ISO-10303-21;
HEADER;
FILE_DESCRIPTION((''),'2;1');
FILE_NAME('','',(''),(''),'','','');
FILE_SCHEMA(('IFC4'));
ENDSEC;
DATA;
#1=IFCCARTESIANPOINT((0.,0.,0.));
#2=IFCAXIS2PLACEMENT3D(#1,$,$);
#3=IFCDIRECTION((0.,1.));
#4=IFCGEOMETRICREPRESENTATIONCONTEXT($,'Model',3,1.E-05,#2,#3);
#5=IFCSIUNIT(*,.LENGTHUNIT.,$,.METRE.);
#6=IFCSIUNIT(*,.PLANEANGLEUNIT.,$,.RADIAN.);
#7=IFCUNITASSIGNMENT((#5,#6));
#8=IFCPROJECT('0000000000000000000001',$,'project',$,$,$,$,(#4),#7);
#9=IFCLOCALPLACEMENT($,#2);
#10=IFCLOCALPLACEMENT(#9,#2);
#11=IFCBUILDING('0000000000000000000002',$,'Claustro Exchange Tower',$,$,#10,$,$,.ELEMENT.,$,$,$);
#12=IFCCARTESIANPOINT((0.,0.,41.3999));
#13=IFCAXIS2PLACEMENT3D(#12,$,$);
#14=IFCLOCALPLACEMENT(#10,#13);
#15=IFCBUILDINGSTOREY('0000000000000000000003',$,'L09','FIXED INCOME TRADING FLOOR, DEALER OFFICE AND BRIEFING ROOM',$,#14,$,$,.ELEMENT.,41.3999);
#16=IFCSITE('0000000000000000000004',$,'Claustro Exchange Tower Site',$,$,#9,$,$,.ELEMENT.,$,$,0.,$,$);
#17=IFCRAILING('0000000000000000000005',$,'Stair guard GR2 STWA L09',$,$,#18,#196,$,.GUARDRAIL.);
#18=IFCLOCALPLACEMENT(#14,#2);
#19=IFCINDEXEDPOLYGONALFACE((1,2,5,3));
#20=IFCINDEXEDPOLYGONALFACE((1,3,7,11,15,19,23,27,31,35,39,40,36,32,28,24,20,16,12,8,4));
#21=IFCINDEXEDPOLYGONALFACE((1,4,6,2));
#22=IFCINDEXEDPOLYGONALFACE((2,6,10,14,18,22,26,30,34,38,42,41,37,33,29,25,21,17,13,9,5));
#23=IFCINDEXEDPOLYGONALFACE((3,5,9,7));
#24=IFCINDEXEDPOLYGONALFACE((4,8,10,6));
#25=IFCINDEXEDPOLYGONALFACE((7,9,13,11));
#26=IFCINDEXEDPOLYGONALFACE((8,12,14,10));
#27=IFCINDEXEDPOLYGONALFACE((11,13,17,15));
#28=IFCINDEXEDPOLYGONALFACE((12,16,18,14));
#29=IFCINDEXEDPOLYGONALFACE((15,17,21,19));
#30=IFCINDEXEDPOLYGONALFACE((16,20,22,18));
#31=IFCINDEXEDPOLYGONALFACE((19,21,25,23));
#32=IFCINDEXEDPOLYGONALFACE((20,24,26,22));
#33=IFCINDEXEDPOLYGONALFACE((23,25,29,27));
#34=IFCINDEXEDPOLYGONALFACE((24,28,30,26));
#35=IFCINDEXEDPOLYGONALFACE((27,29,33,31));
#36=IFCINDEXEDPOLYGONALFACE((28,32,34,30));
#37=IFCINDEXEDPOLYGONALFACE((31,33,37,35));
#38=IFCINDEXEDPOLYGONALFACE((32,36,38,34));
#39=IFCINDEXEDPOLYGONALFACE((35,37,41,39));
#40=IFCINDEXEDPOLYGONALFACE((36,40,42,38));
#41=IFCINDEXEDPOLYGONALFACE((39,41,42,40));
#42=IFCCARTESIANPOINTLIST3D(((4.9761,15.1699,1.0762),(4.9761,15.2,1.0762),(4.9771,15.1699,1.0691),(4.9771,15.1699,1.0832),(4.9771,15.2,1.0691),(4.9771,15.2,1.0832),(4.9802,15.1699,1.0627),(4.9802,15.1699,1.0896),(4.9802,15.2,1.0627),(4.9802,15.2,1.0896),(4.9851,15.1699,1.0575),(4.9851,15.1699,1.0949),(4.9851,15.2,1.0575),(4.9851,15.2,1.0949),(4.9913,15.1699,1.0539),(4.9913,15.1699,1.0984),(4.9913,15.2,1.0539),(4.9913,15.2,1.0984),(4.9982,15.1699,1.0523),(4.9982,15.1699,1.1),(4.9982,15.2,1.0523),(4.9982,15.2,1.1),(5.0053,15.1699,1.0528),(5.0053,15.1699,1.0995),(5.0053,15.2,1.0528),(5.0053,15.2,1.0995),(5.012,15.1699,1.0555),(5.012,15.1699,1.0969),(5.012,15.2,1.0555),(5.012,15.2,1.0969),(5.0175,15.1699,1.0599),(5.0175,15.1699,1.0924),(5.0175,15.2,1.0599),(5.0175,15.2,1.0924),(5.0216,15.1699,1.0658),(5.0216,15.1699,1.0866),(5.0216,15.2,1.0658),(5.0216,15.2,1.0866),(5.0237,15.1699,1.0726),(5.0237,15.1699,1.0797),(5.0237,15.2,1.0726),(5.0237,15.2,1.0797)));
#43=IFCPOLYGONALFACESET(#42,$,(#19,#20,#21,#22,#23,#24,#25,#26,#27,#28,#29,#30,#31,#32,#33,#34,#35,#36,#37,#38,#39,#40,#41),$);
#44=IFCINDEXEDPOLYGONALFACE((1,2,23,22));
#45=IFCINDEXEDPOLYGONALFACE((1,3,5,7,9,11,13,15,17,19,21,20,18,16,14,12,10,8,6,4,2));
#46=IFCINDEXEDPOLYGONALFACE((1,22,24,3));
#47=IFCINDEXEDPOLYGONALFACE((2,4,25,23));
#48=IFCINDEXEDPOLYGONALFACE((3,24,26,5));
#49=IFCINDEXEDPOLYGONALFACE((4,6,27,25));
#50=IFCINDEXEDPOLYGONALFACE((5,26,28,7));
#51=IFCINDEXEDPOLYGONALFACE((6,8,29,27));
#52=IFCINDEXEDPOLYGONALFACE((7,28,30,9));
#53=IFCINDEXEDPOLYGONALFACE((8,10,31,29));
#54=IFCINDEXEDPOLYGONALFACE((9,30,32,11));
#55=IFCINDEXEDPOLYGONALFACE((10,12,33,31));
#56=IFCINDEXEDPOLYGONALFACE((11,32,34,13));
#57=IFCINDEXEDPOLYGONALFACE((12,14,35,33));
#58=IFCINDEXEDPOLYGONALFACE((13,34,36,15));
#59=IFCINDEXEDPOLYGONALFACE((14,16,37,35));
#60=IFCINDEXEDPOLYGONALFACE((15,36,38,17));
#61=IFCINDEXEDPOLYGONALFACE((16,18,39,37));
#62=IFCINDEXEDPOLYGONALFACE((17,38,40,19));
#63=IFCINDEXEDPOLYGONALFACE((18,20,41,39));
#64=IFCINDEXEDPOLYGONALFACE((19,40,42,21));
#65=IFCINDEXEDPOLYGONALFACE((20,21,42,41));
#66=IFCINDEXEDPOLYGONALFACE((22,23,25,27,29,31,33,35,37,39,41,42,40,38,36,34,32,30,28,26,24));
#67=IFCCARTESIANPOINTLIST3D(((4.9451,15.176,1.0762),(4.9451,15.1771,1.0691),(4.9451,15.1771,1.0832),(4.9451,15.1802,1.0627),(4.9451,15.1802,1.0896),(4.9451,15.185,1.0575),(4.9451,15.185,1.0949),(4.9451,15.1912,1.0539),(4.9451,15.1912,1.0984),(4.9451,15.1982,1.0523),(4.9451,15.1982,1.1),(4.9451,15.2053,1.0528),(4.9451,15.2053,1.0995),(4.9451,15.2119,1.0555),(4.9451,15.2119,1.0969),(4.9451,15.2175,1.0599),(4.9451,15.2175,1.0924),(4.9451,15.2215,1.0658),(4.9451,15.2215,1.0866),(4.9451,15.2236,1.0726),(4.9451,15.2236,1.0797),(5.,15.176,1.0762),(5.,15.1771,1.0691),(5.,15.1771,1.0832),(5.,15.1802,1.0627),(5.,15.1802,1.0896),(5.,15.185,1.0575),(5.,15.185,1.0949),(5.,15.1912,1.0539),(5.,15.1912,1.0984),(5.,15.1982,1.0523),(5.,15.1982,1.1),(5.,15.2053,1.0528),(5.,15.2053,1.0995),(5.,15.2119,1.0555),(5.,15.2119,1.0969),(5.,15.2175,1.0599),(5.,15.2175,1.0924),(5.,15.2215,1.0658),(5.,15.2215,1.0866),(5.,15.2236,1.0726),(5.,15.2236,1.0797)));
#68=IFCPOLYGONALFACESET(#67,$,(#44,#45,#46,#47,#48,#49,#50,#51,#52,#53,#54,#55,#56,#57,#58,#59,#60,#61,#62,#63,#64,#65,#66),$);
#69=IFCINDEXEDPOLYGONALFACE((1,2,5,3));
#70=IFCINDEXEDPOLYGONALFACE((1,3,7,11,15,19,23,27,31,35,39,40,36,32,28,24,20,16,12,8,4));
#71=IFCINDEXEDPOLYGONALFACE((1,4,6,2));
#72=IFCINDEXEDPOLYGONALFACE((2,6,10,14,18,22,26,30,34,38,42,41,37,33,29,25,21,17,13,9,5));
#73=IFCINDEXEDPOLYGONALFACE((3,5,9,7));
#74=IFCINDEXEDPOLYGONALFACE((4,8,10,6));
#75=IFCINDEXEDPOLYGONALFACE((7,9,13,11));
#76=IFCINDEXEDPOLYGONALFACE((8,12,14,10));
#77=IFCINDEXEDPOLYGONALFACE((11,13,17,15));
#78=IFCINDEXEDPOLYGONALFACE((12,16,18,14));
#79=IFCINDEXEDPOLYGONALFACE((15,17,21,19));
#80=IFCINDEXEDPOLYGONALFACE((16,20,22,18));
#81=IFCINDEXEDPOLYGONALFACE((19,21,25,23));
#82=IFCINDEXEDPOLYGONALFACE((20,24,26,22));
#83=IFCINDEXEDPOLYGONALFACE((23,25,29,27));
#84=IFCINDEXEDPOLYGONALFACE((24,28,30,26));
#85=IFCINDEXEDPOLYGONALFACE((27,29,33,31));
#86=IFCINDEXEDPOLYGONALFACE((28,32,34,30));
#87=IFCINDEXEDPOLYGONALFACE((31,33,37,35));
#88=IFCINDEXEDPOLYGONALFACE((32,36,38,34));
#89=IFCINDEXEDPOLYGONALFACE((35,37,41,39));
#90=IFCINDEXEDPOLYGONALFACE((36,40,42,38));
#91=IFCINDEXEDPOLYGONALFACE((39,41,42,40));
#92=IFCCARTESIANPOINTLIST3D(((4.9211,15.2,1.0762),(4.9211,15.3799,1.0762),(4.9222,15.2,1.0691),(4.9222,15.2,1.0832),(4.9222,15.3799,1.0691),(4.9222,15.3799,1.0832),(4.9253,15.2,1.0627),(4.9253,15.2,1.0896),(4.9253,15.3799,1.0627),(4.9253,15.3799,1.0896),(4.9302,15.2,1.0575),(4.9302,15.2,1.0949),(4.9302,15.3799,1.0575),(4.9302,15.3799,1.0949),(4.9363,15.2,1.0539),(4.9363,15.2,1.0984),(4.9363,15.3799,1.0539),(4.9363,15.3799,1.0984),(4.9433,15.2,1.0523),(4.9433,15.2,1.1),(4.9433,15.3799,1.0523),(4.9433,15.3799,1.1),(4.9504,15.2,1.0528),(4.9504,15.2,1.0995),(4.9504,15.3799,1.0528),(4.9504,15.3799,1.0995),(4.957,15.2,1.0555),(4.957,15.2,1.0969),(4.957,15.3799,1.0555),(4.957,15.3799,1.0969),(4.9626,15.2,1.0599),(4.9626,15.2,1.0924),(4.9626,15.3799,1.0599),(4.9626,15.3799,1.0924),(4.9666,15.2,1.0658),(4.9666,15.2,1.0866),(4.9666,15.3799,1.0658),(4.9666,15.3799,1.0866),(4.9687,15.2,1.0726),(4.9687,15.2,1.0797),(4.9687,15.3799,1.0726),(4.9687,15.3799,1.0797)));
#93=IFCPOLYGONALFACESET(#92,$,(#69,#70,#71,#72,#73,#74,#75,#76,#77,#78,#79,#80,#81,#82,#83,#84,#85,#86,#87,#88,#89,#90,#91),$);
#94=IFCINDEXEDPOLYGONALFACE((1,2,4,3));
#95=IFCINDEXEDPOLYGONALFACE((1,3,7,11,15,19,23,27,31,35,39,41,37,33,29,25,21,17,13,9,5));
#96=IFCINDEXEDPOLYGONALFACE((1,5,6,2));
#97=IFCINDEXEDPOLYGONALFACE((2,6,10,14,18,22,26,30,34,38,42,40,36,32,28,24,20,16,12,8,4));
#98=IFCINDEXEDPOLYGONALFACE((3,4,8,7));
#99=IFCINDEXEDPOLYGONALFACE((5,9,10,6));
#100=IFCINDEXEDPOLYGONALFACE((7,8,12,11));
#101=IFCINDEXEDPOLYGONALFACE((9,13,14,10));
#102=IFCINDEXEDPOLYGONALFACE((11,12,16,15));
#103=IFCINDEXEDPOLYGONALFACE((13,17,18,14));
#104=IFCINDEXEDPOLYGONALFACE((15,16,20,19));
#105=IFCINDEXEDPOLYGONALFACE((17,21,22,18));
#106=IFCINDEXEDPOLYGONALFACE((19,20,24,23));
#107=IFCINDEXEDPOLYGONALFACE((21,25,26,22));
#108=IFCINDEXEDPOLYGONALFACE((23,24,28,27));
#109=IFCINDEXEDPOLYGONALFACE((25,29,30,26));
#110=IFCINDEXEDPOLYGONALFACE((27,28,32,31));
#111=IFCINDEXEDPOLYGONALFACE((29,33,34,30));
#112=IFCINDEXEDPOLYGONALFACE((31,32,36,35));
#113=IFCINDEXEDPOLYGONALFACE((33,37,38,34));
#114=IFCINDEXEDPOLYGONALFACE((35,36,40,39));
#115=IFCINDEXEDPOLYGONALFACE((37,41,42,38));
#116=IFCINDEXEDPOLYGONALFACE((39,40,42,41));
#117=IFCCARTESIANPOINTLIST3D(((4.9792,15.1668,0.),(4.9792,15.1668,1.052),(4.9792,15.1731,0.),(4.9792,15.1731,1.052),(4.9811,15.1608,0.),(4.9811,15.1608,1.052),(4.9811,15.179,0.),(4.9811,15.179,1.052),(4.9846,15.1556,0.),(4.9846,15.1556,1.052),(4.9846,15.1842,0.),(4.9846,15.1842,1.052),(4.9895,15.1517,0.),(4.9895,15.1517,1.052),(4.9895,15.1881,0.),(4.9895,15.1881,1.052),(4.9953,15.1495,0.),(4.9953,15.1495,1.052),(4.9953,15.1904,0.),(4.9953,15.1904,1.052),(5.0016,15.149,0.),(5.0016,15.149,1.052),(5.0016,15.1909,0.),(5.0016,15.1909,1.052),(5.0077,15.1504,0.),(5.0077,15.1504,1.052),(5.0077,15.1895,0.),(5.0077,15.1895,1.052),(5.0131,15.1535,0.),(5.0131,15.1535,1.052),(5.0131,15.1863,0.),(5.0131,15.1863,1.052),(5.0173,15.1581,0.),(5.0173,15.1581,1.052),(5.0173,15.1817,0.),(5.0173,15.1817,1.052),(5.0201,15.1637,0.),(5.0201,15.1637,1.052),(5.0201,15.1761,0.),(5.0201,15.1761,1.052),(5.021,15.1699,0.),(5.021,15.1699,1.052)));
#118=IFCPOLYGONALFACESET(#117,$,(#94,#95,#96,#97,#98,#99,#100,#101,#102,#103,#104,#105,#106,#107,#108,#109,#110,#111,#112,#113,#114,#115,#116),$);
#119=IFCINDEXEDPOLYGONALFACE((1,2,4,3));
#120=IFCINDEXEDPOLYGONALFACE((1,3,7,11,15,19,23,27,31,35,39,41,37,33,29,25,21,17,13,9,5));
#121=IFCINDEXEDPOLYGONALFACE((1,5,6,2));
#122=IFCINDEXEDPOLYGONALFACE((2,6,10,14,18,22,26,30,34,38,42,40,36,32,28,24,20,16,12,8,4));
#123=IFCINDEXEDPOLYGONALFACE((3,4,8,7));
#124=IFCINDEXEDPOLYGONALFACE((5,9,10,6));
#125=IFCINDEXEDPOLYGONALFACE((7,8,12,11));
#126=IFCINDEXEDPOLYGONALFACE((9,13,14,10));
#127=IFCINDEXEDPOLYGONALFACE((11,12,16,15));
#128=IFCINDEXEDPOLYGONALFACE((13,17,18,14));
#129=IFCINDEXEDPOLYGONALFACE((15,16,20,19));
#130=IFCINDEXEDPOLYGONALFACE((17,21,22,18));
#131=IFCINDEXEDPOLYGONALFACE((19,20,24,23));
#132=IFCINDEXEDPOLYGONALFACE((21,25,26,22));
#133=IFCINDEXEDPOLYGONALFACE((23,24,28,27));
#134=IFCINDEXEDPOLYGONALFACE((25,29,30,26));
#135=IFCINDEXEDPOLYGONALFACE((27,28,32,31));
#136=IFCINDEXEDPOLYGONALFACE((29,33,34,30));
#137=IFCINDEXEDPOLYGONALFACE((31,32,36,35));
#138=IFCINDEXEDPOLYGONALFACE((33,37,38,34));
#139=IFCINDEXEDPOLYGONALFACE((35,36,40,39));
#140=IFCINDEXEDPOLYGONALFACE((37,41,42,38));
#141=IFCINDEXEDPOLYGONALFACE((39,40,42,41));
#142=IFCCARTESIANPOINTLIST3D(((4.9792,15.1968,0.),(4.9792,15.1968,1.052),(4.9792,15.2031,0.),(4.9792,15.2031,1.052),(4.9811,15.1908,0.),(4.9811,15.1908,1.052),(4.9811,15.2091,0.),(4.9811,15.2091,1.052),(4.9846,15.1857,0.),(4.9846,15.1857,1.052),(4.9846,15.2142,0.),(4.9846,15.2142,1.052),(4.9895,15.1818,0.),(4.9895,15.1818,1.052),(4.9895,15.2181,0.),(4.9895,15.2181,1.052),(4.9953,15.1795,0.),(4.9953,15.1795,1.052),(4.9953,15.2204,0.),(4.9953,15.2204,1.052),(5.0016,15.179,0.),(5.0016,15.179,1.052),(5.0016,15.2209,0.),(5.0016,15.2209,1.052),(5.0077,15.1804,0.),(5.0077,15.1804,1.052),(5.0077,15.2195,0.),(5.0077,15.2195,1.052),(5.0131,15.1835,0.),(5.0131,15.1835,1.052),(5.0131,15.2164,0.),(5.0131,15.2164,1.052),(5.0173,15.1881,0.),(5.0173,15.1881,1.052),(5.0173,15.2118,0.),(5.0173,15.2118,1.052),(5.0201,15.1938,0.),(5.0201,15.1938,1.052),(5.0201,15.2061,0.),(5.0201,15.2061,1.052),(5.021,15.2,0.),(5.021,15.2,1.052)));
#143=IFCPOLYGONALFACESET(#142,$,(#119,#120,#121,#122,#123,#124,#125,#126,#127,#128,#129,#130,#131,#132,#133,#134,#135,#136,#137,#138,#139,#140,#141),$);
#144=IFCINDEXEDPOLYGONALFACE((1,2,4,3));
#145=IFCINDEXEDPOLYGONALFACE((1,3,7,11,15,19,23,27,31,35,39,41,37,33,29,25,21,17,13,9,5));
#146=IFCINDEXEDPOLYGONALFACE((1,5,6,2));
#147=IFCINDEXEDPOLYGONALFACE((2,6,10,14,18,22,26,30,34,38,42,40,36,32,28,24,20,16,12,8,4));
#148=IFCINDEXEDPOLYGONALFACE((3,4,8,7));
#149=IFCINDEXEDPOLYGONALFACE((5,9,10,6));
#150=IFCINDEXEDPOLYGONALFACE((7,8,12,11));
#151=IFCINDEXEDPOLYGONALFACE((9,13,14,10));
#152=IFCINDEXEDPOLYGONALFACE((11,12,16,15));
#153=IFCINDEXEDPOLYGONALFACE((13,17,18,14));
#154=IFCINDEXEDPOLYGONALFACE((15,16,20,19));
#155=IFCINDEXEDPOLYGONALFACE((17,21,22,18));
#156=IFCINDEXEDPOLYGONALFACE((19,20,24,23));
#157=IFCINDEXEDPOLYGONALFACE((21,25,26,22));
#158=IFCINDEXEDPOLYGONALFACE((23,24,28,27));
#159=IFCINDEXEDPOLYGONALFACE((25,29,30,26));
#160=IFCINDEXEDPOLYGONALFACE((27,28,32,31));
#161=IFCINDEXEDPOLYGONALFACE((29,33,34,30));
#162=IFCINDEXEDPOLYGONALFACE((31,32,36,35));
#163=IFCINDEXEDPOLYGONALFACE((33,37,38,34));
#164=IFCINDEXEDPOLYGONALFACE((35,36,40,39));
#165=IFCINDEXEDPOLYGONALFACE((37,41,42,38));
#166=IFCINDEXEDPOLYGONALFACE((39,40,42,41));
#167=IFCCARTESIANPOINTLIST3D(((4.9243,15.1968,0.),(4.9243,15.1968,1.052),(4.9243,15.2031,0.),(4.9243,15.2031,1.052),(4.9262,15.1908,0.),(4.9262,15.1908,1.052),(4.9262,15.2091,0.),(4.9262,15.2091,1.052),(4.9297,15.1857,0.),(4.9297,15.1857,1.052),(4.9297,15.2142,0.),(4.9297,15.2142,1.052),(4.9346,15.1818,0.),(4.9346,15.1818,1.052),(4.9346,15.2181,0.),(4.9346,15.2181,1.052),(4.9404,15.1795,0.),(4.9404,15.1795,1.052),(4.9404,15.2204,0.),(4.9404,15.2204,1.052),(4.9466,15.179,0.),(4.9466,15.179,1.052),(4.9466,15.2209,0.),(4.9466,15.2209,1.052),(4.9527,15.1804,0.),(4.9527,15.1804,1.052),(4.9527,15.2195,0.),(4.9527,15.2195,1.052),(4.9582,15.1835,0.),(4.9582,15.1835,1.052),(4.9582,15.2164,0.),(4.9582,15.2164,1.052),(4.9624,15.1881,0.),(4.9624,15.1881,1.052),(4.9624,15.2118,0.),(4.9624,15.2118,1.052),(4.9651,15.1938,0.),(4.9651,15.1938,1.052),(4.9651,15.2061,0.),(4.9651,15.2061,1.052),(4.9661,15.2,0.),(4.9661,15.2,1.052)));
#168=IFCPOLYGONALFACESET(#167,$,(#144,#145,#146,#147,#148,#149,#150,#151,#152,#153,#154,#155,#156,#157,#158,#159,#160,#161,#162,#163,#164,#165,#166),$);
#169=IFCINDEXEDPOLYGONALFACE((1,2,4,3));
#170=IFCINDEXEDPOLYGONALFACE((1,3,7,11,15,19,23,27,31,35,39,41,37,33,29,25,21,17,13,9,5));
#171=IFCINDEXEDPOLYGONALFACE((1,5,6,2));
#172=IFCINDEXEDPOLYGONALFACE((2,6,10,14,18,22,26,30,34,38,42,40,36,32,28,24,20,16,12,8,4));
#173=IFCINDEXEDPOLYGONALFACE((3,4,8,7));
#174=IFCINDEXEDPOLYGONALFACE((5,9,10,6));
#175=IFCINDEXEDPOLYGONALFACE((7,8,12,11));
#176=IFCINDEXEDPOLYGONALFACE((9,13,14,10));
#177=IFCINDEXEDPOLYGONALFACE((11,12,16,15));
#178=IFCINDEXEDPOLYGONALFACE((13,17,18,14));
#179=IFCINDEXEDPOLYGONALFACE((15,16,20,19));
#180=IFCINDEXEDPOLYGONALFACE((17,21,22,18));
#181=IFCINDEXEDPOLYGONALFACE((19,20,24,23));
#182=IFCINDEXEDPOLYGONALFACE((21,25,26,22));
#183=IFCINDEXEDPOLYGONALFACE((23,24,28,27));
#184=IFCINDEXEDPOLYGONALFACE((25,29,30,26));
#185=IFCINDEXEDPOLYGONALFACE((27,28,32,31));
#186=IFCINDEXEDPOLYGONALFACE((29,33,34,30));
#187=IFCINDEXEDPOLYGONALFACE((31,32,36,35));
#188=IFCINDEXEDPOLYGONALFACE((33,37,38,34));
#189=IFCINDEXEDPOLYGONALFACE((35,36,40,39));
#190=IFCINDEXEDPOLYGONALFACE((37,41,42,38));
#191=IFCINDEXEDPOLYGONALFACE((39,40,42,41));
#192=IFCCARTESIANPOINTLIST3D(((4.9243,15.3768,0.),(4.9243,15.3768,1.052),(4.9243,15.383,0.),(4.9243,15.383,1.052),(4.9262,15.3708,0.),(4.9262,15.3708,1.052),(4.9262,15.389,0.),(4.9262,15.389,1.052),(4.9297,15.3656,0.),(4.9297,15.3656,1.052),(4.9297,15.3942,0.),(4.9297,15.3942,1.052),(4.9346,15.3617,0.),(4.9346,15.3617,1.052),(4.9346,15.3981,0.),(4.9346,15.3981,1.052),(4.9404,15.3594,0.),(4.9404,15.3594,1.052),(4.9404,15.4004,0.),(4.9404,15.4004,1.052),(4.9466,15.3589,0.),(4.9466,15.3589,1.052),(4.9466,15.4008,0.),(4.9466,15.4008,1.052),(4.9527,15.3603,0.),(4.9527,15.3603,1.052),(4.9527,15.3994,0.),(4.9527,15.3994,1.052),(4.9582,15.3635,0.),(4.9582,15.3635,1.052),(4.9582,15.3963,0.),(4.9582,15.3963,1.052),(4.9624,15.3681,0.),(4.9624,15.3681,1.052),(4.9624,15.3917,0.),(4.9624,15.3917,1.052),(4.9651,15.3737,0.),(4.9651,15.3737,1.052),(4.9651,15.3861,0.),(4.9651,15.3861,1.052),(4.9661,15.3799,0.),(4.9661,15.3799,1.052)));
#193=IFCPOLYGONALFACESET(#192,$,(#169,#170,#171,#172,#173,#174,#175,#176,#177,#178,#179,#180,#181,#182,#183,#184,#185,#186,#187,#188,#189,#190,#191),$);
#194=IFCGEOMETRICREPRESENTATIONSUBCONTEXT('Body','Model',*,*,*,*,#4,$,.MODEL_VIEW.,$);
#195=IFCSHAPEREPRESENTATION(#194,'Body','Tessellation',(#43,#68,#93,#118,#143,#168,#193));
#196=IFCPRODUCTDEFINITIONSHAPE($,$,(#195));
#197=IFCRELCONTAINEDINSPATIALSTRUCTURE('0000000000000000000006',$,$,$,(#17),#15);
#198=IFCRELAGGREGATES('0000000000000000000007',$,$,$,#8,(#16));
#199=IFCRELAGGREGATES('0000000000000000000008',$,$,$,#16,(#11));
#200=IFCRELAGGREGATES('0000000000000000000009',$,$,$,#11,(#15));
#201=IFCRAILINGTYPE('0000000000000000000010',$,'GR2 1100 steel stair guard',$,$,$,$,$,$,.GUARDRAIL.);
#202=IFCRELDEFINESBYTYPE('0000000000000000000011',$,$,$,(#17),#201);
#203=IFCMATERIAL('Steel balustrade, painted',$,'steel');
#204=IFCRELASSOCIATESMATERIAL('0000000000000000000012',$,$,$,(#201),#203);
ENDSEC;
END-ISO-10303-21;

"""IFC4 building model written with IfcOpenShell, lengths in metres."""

from ifc_helpers import new_model, si_unit, direction, frame, origin, origin_2d, place, context, subcontext, project, spatial, circle, extrude, material, type_object, element, save


model = new_model("IFC4")

# Units and contexts
model_context = context("Model", 3, precision=1e-05, world=origin(), true_north=direction((0.0, 1.0)))
body_context = subcontext(model_context, "Body", "Model", "MODEL_VIEW")
ifc_project = project(units=[si_unit("LENGTHUNIT", "METRE"), si_unit("PLANEANGLEUNIT", "RADIAN")], contexts=[model_context])

# Site, building, storey
site_placement = place(None, origin())
site = spatial("IfcSite", under=ifc_project, at=site_placement, Name="Claustro Exchange Tower Site", CompositionType="ELEMENT", RefElevation=0.0)
building_placement = place(site_placement, origin())
building = spatial("IfcBuilding", under=site, at=building_placement, Name="Claustro Exchange Tower", CompositionType="ELEMENT")
storey_placement = place(building_placement, frame((0.0, 0.0, 41.3999)))
storey = spatial("IfcBuildingStorey", under=building, at=storey_placement, Name="L09", Description="FIXED INCOME TRADING FLOOR, DEALER OFFICE AND BRIEFING ROOM", CompositionType="ELEMENT", Elevation=41.3999)

# Railing
ifc_material_1 = material(Name="Steel balustrade, painted", Category="steel")
railing_type_1 = type_object("IfcRailingType", Name="GR2 1100 steel stair guard", PredefinedType="GUARDRAIL", material=ifc_material_1)
railing_1_placement = place(storey_placement, frame((5.0, 15.1699, 0.0)))
element("IfcRailing", 1, at=railing_1_placement, inside=storey, type_object=railing_type_1, Name="Stair guard GR2 STWA L09", PredefinedType="GUARDRAIL", context=body_context, shape_type="SweptSolid", body=[
    extrude(circle(Radius=0.0239, at=origin_2d()), frame((0.0, 0.0, 1.0762), z_axis=(0.0, 1.0, 0.0), x_axis=(-1.0, 0.0, 0.0)), (0.0, 0.0, 1.0), 0.03),
    extrude(circle(Radius=0.0239, at=origin_2d()), frame((0.0, 0.03, 1.0762), z_axis=(-1.0, 0.0, 0.0), x_axis=(0.0, -1.0, 0.0)), (0.0, 0.0, 1.0), 0.0549),
    extrude(circle(Radius=0.0239, at=origin_2d()), frame((-0.0549, 0.03, 1.0762), z_axis=(0.0, 1.0, 0.0), x_axis=(-1.0, 0.0, 0.0)), (0.0, 0.0, 1.0), 0.1799),
    extrude(circle(Radius=0.021, at=origin_2d()), origin(), (0.0, 0.0, 1.0), 1.052),
    extrude(circle(Radius=0.021, at=origin_2d()), frame((0.0, 0.03, 0.0)), (0.0, 0.0, 1.0), 1.052),
    extrude(circle(Radius=0.021, at=origin_2d()), frame((-0.0549, 0.03, 0.0)), (0.0, 0.0, 1.0), 1.052),
    extrude(circle(Radius=0.021, at=origin_2d()), frame((-0.0549, 0.21, 0.0)), (0.0, 0.0, 1.0), 1.052),
])

save(model, "model.ifc")
